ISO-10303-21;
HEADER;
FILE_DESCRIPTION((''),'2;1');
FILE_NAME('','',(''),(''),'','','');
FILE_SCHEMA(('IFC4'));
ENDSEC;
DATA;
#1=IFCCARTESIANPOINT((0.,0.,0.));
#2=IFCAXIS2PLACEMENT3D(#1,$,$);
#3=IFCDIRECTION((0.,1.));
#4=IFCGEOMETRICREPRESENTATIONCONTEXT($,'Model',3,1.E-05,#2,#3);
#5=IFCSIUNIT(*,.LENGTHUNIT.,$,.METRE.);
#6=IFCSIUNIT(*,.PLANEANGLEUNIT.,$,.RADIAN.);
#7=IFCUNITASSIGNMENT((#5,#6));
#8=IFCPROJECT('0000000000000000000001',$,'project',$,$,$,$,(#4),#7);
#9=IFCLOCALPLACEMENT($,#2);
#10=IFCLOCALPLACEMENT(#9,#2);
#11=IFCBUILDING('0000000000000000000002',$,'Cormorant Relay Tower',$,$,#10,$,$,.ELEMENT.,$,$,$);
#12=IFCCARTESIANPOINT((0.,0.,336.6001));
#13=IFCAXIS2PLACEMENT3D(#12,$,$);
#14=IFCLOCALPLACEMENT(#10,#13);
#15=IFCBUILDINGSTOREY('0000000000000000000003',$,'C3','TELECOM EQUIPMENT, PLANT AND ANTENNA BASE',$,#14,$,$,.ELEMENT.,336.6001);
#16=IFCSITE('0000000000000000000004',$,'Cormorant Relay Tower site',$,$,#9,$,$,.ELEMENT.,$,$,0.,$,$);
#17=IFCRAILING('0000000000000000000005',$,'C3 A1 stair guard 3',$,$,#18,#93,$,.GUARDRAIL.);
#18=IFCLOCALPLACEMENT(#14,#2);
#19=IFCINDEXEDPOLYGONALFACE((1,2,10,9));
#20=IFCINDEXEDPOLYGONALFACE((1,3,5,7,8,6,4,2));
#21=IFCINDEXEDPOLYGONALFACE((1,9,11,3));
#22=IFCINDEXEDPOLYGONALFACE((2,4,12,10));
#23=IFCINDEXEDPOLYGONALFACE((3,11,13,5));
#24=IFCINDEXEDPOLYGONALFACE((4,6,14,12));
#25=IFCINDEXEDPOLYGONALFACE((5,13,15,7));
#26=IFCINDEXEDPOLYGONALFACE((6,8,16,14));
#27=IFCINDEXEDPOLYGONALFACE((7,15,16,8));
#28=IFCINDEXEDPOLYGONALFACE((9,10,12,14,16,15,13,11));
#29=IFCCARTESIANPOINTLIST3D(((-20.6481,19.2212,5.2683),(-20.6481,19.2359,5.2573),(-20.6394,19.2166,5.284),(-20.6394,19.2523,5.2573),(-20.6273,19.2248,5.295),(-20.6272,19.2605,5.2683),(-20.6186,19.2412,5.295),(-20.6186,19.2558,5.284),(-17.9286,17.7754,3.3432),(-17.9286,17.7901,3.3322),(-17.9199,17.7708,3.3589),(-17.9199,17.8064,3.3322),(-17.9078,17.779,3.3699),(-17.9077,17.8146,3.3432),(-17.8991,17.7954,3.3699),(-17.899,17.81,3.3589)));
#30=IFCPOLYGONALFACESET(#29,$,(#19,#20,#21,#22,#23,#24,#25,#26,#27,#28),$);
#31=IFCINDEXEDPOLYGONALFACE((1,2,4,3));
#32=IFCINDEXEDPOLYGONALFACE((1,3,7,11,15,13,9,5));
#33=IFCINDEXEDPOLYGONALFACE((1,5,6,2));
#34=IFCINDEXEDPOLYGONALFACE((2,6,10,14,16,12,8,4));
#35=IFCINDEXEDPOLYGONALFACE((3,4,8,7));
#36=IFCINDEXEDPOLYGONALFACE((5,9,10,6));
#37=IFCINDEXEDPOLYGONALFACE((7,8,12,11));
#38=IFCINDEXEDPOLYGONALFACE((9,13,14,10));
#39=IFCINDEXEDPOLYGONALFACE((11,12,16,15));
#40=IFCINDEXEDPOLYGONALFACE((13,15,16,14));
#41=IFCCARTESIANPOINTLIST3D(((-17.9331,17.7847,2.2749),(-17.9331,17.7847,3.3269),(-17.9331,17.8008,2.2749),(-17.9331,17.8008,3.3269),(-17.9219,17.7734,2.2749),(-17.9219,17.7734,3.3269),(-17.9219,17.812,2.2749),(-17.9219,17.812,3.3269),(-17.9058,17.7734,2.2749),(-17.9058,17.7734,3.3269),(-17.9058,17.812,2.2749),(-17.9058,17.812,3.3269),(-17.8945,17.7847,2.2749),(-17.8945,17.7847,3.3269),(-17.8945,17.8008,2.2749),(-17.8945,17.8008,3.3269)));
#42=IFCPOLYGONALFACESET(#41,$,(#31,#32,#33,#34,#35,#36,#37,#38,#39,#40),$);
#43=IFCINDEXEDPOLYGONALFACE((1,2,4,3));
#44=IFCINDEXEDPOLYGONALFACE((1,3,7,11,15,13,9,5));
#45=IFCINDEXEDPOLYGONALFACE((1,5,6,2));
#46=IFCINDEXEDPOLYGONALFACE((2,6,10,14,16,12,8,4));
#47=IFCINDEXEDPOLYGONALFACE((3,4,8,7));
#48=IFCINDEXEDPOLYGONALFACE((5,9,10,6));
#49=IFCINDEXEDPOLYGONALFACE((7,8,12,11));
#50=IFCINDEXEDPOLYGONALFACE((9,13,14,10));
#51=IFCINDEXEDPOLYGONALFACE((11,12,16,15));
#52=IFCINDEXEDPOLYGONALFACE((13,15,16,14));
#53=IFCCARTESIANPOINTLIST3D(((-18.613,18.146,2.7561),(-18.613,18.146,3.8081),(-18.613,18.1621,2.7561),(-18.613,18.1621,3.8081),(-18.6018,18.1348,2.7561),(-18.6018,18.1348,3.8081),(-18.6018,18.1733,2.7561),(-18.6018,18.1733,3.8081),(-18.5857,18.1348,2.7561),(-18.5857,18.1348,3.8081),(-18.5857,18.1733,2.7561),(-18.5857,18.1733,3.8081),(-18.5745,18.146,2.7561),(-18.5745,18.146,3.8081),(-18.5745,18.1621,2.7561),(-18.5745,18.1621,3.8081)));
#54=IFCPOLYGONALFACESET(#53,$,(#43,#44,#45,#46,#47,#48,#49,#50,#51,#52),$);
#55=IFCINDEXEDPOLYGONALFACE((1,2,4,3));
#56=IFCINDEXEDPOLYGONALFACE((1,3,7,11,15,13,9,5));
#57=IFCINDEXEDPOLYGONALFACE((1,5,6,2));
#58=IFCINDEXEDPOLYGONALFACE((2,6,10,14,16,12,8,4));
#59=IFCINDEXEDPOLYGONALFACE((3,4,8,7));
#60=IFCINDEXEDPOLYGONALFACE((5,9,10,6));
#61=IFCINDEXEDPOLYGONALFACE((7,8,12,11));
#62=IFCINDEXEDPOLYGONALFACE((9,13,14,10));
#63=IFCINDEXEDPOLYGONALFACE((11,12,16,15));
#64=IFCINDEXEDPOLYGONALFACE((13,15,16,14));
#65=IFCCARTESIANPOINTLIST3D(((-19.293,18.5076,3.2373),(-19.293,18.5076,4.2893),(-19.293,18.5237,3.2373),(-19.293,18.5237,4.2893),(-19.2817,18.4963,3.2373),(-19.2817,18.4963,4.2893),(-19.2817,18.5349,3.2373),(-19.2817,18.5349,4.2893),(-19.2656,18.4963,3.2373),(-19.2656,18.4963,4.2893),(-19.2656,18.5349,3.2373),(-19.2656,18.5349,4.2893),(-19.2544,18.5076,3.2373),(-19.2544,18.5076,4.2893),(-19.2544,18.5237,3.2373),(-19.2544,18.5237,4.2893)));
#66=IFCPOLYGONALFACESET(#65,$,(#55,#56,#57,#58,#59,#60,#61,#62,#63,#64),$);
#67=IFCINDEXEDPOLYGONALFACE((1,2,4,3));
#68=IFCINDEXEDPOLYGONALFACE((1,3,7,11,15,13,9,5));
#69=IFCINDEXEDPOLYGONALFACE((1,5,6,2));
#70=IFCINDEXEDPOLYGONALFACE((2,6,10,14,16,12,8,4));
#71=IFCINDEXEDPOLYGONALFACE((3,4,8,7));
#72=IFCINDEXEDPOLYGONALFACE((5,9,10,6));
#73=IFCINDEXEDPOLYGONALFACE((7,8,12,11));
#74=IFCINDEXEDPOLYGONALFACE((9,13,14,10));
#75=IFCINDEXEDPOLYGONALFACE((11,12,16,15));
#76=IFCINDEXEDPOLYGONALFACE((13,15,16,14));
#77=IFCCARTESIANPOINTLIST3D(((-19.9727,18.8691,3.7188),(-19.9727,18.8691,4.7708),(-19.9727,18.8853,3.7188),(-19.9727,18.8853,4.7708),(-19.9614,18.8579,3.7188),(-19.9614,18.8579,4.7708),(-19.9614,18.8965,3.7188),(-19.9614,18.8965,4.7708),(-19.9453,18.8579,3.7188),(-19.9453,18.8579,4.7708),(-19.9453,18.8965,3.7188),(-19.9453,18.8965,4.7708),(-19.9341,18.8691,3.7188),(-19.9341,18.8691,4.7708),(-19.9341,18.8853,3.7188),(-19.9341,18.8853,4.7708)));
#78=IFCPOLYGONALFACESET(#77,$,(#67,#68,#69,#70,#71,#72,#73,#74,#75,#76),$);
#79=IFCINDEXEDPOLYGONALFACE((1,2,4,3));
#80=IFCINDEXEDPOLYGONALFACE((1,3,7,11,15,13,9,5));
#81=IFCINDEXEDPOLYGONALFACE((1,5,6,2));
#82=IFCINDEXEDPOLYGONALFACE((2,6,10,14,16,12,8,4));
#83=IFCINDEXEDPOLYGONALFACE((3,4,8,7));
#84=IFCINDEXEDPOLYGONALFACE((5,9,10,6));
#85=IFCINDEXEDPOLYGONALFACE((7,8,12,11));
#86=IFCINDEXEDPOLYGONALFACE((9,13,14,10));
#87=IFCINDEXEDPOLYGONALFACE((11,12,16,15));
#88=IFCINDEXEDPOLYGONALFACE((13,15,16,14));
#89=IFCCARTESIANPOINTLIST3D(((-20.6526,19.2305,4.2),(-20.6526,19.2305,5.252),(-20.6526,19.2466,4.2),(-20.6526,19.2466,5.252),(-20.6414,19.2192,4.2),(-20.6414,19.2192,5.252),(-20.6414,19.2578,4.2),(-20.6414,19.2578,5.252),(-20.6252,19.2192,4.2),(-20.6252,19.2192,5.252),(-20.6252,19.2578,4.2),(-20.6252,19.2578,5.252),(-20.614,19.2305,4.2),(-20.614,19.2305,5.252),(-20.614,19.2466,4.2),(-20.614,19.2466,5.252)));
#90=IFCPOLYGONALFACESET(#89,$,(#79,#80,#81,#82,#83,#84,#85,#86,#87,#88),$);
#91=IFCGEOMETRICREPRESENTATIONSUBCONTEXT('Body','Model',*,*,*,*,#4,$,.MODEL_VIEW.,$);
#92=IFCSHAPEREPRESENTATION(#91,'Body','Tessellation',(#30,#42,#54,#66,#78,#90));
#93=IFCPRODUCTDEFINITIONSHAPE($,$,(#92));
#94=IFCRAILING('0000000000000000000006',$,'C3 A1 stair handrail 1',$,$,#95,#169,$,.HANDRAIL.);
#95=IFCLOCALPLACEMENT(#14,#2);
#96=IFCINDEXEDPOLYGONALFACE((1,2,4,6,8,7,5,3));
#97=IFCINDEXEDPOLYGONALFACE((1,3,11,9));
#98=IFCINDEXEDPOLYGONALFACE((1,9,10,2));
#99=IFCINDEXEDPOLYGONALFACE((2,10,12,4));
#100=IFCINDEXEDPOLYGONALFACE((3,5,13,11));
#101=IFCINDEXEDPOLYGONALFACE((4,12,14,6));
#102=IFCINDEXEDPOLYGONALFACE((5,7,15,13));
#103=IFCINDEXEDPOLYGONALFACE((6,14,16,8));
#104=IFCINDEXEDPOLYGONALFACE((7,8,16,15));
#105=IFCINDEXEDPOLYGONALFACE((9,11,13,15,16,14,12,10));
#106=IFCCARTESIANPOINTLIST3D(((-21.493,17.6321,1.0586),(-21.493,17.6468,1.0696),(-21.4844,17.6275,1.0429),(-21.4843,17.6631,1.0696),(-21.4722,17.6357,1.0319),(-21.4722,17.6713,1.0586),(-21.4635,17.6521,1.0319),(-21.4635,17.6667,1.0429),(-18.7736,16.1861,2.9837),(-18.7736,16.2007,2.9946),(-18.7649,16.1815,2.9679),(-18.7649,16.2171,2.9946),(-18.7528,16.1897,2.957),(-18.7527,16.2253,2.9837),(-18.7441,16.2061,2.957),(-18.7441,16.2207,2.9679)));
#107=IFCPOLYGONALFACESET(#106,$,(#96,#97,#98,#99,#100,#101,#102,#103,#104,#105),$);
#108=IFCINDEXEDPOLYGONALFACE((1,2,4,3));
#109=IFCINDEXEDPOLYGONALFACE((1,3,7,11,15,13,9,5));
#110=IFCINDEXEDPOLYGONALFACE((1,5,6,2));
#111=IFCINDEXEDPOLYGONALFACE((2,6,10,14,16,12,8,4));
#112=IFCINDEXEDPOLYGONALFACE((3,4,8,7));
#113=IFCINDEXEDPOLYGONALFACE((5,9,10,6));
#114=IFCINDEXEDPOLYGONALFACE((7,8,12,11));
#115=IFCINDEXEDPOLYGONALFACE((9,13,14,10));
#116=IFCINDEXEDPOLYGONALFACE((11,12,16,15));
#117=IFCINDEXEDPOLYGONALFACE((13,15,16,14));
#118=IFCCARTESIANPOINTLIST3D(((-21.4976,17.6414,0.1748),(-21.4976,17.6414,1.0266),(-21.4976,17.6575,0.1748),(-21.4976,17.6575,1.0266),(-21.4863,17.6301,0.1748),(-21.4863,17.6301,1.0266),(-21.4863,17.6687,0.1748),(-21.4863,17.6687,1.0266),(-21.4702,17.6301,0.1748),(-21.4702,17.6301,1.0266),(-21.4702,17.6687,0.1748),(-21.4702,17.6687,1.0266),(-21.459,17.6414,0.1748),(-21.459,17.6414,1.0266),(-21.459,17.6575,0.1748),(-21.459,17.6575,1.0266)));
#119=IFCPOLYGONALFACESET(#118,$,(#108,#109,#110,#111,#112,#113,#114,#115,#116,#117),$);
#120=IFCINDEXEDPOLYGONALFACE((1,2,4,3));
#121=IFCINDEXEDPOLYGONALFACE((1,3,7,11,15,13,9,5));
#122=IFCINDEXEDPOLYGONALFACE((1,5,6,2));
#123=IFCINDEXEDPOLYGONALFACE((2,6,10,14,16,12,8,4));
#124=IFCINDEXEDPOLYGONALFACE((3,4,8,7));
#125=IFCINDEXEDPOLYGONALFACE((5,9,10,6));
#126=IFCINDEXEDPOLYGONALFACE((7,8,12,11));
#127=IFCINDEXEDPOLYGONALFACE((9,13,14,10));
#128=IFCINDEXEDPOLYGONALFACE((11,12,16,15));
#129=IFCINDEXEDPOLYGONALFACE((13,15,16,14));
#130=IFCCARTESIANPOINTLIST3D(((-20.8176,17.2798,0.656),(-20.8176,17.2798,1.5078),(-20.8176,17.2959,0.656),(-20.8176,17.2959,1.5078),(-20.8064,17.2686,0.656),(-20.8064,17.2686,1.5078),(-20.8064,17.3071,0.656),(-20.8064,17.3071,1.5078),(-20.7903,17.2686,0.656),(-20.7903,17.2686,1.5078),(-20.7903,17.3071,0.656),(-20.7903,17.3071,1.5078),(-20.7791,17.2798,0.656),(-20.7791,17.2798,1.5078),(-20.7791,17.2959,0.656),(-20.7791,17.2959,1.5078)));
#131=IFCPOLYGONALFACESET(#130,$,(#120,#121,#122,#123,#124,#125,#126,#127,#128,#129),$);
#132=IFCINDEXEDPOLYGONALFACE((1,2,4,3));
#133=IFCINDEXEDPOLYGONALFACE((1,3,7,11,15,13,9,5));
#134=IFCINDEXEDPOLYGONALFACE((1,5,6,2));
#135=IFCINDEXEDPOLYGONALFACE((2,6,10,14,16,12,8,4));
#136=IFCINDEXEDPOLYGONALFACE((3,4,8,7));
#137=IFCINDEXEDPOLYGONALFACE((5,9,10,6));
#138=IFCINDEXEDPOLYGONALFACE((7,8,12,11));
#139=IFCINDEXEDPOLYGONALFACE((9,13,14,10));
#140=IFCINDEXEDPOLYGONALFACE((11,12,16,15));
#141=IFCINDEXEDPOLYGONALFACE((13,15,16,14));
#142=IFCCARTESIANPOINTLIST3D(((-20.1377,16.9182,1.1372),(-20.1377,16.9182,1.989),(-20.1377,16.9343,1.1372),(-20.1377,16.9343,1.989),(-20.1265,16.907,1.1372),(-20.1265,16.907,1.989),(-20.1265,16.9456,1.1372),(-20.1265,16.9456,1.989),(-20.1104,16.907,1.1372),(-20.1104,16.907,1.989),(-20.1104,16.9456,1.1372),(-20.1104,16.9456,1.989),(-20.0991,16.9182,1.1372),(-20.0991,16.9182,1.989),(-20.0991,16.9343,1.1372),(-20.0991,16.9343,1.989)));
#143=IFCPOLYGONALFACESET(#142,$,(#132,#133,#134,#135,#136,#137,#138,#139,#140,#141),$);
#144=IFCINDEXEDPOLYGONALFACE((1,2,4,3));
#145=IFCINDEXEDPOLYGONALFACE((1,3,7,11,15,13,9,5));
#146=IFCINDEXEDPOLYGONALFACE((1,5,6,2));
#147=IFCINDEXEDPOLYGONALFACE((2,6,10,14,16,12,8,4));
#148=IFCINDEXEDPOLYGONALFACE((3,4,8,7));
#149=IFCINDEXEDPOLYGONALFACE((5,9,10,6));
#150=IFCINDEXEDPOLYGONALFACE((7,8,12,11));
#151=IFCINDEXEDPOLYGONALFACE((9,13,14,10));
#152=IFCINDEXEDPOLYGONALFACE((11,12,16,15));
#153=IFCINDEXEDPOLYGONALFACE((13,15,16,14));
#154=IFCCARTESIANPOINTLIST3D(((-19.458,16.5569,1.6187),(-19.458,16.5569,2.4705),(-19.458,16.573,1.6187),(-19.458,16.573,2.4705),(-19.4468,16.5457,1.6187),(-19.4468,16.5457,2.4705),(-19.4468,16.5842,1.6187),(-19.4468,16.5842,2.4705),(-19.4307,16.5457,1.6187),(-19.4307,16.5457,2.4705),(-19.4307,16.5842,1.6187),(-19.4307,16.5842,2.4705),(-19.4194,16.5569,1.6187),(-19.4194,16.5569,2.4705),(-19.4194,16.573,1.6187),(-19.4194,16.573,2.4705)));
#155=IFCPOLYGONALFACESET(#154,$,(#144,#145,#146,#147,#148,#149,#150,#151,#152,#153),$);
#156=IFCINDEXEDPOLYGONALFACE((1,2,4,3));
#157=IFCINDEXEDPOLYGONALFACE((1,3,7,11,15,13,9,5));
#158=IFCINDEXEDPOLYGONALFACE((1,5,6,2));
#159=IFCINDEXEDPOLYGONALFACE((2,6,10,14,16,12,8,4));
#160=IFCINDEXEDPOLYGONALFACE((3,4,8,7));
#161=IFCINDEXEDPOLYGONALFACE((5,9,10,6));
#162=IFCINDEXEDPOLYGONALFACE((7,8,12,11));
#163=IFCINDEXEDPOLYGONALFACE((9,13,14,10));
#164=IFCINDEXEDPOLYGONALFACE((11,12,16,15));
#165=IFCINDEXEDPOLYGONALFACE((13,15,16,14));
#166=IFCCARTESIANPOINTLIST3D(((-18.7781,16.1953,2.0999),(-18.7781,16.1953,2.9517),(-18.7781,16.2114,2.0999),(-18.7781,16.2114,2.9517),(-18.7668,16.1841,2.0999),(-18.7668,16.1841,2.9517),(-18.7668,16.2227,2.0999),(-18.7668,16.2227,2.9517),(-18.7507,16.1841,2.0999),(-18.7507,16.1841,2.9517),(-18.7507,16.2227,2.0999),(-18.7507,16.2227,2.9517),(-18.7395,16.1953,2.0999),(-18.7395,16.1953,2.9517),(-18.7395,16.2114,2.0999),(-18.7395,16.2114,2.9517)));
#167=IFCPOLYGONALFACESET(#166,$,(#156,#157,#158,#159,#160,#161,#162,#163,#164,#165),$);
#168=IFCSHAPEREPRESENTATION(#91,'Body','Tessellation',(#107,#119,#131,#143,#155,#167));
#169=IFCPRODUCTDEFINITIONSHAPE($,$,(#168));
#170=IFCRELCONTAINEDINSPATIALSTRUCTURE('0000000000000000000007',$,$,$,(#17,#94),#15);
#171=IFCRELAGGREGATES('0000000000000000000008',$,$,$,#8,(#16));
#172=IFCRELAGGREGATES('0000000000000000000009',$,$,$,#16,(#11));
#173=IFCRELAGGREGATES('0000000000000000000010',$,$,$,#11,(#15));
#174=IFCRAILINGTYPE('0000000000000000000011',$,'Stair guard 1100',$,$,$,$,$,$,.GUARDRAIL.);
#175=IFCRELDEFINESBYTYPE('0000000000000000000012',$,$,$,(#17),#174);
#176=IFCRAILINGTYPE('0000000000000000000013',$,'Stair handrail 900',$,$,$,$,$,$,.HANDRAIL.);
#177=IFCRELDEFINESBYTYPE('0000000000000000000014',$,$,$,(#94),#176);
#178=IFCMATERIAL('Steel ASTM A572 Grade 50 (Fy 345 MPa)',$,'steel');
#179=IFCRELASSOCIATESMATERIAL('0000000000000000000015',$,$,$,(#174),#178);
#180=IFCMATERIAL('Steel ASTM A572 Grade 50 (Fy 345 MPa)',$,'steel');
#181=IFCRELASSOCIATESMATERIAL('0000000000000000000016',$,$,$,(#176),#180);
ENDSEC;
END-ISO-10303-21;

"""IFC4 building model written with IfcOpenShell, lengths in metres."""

from ifc_helpers import new_model, si_unit, direction, frame, origin, place, context, subcontext, project, spatial, polyline, outline, extrude, material, type_object, element, save


model = new_model("IFC4")

# Units and contexts
model_context = context("Model", 3, precision=1e-05, world=origin(), true_north=direction((0.0, 1.0)))
body_context = subcontext(model_context, "Body", "Model", "MODEL_VIEW")
ifc_project = project(units=[si_unit("LENGTHUNIT", "METRE"), si_unit("PLANEANGLEUNIT", "RADIAN")], contexts=[model_context])

# Site, building, storey
site_placement = place(None, origin())
site = spatial("IfcSite", under=ifc_project, at=site_placement, Name="Cormorant Relay Tower site", CompositionType="ELEMENT", RefElevation=0.0)
building_placement = place(site_placement, origin())
building = spatial("IfcBuilding", under=site, at=building_placement, Name="Cormorant Relay Tower", CompositionType="ELEMENT")
storey_placement = place(building_placement, frame((0.0, 0.0, 336.6001)))
storey = spatial("IfcBuildingStorey", under=building, at=storey_placement, Name="C3", Description="TELECOM EQUIPMENT, PLANT AND ANTENNA BASE", CompositionType="ELEMENT", Elevation=336.6001)

# Railings
ifc_material_1 = material(Name="Steel ASTM A572 Grade 50 (Fy 345 MPa)", Category="steel")
railing_type_1 = type_object("IfcRailingType", Name="Stair guard 1100", PredefinedType="GUARDRAIL", material=ifc_material_1)
railing_1_placement = place(storey_placement, frame((-17.9138, 17.7927, 2.2749)))
element("IfcRailing", 1, at=railing_1_placement, inside=storey, type_object=railing_type_1, Name="C3 A1 stair guard 3", PredefinedType="GUARDRAIL", context=body_context, shape_type="SweptSolid", body=[
    extrude(outline(polyline([(0.0222, 0.0093), (0.0093, 0.0222), (-0.0093, 0.0222), (-0.0222, 0.0093), (-0.0222, -0.0093), (-0.0093, -0.0222), (0.0093, -0.0222), (0.0222, -0.0093), (0.0222, 0.0093)])), frame((0.0, 0.0, 1.0762), z_axis=(-0.748747, 0.398068, 0.530018), x_axis=(-0.469428, -0.882971, 0.0)), (0.0, 0.0, 1.0), 3.6321),
    extrude(outline(polyline([(0.0193, 0.0081), (0.0081, 0.0193), (-0.0081, 0.0193), (-0.0193, 0.0081), (-0.0193, -0.0081), (-0.0081, -0.0193), (0.0081, -0.0193), (0.0193, -0.0081), (0.0193, 0.0081)])), origin(), (0.0, 0.0, 1.0), 1.052),
    extrude(outline(polyline([(0.0193, 0.0081), (0.0081, 0.0193), (-0.0081, 0.0193), (-0.0193, 0.0081), (-0.0193, -0.0081), (-0.0081, -0.0193), (0.0081, -0.0193), (0.0193, -0.0081), (0.0193, 0.0081)])), frame((-0.6799, 0.3613, 0.4812)), (0.0, 0.0, 1.0), 1.052),
    extrude(outline(polyline([(0.0193, 0.0081), (0.0081, 0.0193), (-0.0081, 0.0193), (-0.0193, 0.0081), (-0.0193, -0.0081), (-0.0081, -0.0193), (0.0081, -0.0193), (0.0193, -0.0081), (0.0193, 0.0081)])), frame((-1.3599, 0.7229, 0.9624)), (0.0, 0.0, 1.0), 1.052),
    extrude(outline(polyline([(0.0193, 0.0081), (0.0081, 0.0193), (-0.0081, 0.0193), (-0.0193, 0.0081), (-0.0193, -0.0081), (-0.0081, -0.0193), (0.0081, -0.0193), (0.0193, -0.0081), (0.0193, 0.0081)])), frame((-2.0396, 1.0845, 1.4438)), (0.0, 0.0, 1.0), 1.052),
    extrude(outline(polyline([(0.0193, 0.0081), (0.0081, 0.0193), (-0.0081, 0.0193), (-0.0193, 0.0081), (-0.0193, -0.0081), (-0.0081, -0.0193), (0.0081, -0.0193), (0.0193, -0.0081), (0.0193, 0.0081)])), frame((-2.7195, 1.4458, 1.925)), (0.0, 0.0, 1.0), 1.052),
])
ifc_material_2 = material(Name="Steel ASTM A572 Grade 50 (Fy 345 MPa)", Category="steel")
railing_type_2 = type_object("IfcRailingType", Name="Stair handrail 900", PredefinedType="HANDRAIL", material=ifc_material_2)
railing_2_placement = place(storey_placement, frame((-21.4783, 17.6494, 0.1748)))
element("IfcRailing", 2, at=railing_2_placement, inside=storey, type_object=railing_type_2, Name="C3 A1 stair handrail 1", PredefinedType="HANDRAIL", context=body_context, shape_type="SweptSolid", body=[
    extrude(outline(polyline([(0.0222, 0.0093), (0.0093, 0.0222), (-0.0093, 0.0222), (-0.0222, 0.0093), (-0.0222, -0.0093), (-0.0093, -0.0222), (0.0093, -0.0222), (0.0222, -0.0093), (0.0222, 0.0093)])), frame((0.0, 0.0, 0.876), z_axis=(0.748727, -0.398125, 0.530004), x_axis=(0.469489, 0.882938, 0.0)), (0.0, 0.0, 1.0), 3.6321),
    extrude(outline(polyline([(0.0193, 0.0081), (0.0081, 0.0193), (-0.0081, 0.0193), (-0.0193, 0.0081), (-0.0193, -0.0081), (-0.0081, -0.0193), (0.0081, -0.0193), (0.0193, -0.0081), (0.0193, 0.0081)])), origin(), (0.0, 0.0, 1.0), 0.8518),
    extrude(outline(polyline([(0.0193, 0.0081), (0.0081, 0.0193), (-0.0081, 0.0193), (-0.0193, 0.0081), (-0.0193, -0.0081), (-0.0081, -0.0193), (0.0081, -0.0193), (0.0193, -0.0081), (0.0193, 0.0081)])), frame((0.6799, -0.3616, 0.4812)), (0.0, 0.0, 1.0), 0.8518),
    extrude(outline(polyline([(0.0193, 0.0081), (0.0081, 0.0193), (-0.0081, 0.0193), (-0.0193, 0.0081), (-0.0193, -0.0081), (-0.0081, -0.0193), (0.0081, -0.0193), (0.0193, -0.0081), (0.0193, 0.0081)])), frame((1.3599, -0.7231, 0.9624)), (0.0, 0.0, 1.0), 0.8518),
    extrude(outline(polyline([(0.0193, 0.0081), (0.0081, 0.0193), (-0.0081, 0.0193), (-0.0193, 0.0081), (-0.0193, -0.0081), (-0.0081, -0.0193), (0.0081, -0.0193), (0.0193, -0.0081), (0.0193, 0.0081)])), frame((2.0396, -1.0845, 1.4438)), (0.0, 0.0, 1.0), 0.8518),
    extrude(outline(polyline([(0.0193, 0.0081), (0.0081, 0.0193), (-0.0081, 0.0193), (-0.0193, 0.0081), (-0.0193, -0.0081), (-0.0081, -0.0193), (0.0081, -0.0193), (0.0193, -0.0081), (0.0193, 0.0081)])), frame((2.7195, -1.446, 1.925)), (0.0, 0.0, 1.0), 0.8518),
])

save(model, "model.ifc")
